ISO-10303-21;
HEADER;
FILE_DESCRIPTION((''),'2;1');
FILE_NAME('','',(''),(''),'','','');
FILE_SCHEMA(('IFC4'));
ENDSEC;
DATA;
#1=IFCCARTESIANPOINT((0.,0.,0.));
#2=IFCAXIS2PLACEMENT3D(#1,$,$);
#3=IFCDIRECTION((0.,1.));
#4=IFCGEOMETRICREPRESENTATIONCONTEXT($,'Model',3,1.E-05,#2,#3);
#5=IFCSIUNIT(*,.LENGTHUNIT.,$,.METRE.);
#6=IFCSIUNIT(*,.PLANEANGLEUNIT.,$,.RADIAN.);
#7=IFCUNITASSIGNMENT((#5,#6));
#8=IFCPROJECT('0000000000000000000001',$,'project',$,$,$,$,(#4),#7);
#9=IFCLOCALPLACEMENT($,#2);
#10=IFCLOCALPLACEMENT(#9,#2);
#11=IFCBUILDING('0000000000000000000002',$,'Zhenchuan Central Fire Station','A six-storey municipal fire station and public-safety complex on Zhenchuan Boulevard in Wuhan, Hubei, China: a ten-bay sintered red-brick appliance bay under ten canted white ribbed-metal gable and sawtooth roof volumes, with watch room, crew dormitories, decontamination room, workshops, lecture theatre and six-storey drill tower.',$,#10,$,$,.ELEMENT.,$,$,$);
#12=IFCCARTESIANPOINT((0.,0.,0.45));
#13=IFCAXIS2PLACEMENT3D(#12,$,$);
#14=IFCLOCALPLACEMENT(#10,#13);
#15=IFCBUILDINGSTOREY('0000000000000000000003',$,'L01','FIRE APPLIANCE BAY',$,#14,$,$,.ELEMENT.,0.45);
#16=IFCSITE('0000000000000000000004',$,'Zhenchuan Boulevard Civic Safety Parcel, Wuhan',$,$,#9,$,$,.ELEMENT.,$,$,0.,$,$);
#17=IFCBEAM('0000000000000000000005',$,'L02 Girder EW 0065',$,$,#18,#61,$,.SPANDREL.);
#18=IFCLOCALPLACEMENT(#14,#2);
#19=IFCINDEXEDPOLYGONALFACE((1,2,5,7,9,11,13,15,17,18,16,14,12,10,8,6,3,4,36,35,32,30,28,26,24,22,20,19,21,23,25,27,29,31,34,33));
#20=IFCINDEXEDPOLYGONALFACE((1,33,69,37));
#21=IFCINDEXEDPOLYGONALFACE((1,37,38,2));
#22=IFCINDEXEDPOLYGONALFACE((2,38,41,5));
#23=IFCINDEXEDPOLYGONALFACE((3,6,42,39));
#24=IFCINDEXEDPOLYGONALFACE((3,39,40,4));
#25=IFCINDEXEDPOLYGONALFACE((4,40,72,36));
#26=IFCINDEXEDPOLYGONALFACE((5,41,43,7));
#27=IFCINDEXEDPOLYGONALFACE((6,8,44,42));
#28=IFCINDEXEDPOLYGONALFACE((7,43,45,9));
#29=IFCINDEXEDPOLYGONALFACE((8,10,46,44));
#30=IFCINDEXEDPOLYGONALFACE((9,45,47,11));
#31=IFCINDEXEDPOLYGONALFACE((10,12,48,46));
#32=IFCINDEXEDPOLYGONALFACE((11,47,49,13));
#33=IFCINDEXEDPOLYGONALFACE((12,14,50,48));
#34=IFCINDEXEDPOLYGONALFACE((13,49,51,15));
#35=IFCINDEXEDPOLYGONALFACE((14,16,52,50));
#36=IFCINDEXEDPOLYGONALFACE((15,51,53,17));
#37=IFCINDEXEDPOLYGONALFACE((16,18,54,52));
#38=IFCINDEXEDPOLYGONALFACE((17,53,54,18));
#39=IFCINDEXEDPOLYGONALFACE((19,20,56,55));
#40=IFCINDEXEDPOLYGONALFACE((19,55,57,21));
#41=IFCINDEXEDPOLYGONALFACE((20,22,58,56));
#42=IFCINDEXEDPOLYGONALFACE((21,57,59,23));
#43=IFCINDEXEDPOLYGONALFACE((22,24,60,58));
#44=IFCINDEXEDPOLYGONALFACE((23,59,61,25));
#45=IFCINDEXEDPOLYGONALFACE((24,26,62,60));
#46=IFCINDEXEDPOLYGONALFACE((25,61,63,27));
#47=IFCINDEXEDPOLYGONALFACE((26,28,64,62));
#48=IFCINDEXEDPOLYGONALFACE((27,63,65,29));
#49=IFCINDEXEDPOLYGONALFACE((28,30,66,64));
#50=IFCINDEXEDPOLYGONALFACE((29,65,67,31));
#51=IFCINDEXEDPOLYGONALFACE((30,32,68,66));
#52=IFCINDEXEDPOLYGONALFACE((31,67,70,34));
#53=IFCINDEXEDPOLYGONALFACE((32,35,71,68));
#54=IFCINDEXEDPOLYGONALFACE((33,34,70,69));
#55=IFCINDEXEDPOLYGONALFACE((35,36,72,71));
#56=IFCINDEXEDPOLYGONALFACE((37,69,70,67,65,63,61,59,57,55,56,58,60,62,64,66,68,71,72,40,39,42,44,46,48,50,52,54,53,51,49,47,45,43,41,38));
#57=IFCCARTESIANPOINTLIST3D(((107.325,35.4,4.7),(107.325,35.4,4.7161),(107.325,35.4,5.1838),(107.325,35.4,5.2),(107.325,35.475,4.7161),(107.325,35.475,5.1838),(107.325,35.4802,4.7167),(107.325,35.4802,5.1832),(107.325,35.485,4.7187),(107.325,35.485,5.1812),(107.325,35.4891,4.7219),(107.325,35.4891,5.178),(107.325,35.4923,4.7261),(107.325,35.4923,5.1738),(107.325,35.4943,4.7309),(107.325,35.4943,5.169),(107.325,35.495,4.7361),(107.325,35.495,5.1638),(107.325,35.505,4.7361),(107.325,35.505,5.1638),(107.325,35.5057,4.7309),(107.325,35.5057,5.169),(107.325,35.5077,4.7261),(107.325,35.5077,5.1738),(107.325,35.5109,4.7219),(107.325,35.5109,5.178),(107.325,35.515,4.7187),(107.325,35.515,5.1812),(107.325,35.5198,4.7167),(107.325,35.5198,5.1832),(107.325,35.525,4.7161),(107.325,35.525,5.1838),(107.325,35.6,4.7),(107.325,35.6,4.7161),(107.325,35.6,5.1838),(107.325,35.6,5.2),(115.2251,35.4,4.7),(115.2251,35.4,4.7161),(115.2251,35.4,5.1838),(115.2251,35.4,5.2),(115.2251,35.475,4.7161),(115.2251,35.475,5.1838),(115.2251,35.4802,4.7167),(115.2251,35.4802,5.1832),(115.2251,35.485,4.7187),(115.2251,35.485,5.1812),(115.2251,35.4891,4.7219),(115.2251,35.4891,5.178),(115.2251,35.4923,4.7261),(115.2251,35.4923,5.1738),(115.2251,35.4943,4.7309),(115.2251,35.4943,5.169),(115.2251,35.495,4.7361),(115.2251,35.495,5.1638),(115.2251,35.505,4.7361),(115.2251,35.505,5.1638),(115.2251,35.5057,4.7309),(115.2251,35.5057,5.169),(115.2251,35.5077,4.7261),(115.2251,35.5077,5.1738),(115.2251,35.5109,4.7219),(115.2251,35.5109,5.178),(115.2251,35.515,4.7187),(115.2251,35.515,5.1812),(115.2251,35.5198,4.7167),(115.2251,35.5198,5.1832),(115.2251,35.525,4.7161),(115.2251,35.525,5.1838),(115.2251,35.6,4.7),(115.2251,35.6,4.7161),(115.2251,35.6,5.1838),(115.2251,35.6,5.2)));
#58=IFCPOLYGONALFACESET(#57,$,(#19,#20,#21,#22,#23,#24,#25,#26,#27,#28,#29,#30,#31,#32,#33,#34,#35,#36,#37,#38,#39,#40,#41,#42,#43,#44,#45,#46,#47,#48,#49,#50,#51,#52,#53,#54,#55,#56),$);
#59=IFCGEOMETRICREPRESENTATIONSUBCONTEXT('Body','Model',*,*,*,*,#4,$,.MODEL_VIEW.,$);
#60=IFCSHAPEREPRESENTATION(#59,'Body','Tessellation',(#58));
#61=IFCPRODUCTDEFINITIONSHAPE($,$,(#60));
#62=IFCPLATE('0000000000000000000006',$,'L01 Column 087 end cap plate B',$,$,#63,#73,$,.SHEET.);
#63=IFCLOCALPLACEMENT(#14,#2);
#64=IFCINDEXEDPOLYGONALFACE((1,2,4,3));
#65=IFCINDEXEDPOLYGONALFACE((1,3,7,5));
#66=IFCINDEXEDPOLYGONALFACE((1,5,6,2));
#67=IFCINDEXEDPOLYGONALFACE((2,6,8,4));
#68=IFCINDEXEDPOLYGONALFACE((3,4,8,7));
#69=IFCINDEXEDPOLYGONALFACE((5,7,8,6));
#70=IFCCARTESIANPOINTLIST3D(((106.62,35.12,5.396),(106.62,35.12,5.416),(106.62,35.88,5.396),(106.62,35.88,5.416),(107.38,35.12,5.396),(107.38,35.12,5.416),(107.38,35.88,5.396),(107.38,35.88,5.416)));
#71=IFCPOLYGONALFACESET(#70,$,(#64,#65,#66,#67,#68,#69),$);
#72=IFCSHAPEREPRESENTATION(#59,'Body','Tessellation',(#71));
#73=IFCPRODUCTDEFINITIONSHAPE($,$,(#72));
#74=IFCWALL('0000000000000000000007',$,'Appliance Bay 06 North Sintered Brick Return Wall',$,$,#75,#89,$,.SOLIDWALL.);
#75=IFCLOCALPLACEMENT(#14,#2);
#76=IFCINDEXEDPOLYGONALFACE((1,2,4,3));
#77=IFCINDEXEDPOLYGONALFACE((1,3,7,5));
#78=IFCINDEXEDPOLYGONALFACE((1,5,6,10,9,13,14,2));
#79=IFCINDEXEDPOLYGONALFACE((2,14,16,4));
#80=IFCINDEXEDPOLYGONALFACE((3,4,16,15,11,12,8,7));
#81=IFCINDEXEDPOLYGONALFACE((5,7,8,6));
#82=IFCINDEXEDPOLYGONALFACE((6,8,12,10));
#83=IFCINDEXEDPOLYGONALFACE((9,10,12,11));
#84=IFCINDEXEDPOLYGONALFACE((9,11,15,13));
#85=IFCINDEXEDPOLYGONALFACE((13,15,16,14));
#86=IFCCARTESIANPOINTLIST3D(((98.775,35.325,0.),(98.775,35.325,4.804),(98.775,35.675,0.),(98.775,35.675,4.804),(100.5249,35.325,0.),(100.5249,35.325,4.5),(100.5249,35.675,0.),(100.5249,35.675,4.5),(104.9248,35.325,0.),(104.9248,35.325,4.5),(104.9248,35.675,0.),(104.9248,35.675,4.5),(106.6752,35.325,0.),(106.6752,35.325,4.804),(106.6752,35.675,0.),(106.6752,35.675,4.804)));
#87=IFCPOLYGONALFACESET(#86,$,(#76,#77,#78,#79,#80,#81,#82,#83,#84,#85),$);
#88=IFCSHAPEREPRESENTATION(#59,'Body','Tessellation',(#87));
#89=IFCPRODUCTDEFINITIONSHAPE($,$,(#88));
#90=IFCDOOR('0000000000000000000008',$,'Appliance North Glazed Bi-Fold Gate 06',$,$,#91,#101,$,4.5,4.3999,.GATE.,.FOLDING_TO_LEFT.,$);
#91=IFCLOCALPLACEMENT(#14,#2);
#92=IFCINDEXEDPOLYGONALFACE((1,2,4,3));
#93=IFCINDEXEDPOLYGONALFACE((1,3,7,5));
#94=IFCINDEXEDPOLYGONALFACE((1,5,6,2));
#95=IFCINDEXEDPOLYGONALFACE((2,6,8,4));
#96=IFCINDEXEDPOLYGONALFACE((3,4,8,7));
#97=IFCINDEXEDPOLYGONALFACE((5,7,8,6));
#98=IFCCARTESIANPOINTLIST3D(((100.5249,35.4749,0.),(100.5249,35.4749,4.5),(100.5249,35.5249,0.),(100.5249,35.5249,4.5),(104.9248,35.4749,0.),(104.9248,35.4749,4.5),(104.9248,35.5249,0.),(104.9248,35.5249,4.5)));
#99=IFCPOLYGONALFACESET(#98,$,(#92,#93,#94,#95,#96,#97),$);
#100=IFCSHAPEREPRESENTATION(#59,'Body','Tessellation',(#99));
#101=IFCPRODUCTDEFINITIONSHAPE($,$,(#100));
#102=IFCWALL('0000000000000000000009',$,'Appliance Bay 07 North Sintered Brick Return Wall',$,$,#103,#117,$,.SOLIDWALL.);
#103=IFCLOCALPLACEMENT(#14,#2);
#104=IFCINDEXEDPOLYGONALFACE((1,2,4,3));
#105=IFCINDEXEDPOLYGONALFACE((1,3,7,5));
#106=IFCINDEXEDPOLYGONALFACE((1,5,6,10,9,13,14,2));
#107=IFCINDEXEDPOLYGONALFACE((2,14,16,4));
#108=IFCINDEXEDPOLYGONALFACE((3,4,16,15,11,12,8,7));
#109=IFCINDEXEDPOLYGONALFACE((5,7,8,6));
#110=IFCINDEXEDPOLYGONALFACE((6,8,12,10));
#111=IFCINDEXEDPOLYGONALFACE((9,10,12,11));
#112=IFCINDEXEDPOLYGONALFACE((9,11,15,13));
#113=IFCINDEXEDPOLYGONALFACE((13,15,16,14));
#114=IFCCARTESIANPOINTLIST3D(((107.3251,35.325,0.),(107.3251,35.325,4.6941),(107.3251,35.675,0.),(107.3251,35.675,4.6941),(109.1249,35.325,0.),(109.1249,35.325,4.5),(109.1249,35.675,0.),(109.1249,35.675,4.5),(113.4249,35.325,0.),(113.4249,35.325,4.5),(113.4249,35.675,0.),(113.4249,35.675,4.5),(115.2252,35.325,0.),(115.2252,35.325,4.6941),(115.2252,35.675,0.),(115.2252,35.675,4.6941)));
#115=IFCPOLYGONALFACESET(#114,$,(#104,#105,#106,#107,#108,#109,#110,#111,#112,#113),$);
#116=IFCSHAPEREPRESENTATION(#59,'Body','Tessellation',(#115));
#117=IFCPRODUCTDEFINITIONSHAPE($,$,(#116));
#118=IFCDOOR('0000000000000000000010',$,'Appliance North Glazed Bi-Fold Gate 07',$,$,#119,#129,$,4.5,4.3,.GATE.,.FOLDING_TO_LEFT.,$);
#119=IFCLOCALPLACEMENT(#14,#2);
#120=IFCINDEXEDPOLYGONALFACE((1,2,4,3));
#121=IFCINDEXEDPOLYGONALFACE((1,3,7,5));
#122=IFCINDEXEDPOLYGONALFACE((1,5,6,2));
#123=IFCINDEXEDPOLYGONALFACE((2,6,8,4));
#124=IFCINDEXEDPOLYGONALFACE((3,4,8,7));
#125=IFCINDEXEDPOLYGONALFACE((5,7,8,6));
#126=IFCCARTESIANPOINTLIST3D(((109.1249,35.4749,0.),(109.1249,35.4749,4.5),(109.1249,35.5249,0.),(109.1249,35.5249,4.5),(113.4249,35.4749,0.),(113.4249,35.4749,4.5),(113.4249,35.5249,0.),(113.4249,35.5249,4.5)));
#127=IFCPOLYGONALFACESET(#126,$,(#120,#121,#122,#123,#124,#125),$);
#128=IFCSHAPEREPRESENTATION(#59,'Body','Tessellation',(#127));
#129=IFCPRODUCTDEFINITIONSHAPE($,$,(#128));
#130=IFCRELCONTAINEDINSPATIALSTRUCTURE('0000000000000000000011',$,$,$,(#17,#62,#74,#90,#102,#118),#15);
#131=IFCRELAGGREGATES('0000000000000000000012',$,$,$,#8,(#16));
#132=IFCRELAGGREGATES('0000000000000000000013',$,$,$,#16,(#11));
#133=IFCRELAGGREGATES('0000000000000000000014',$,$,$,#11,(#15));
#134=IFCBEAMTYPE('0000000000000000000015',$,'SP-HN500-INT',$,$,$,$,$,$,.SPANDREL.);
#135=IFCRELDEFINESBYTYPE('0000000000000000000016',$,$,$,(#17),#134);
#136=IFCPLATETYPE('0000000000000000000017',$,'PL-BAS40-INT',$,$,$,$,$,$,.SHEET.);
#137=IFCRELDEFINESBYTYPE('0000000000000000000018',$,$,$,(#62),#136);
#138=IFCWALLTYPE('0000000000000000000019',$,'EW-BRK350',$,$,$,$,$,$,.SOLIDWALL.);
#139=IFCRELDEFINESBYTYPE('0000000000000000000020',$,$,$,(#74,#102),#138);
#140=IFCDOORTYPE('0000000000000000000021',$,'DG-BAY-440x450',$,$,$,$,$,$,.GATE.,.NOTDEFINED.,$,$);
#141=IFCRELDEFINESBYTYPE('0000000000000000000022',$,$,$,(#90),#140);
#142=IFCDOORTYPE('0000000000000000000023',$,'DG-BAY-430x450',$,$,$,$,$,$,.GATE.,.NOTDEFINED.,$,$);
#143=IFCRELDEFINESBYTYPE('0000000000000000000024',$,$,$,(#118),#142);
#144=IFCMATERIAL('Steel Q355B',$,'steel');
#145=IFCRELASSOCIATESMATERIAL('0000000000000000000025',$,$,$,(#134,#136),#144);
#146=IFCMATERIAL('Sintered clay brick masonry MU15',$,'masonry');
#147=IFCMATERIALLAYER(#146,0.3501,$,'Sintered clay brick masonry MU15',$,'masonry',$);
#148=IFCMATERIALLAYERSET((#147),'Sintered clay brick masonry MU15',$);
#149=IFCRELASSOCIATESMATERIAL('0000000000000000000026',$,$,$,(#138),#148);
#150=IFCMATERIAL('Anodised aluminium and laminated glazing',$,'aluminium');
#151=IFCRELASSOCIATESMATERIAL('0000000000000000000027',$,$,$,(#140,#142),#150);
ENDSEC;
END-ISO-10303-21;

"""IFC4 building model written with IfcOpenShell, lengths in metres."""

from ifc_helpers import new_model, si_unit, direction, frame, frame_2d, origin, origin_2d, place, context, subcontext, project, spatial, rectangle, i_section, extrude, material, layer, layer_set, material_profile, profile_set, type_object, element, fill, save


model = new_model("IFC4")

# Units and contexts
model_context = context("Model", 3, precision=1e-05, world=origin(), true_north=direction((0.0, 1.0)))
body_context = subcontext(model_context, "Body", "Model", "MODEL_VIEW")
ifc_project = project(units=[si_unit("LENGTHUNIT", "METRE"), si_unit("PLANEANGLEUNIT", "RADIAN")], contexts=[model_context])

# Site, building, storey
site_placement = place(None, origin())
site = spatial("IfcSite", under=ifc_project, at=site_placement, Name="Zhenchuan Boulevard Civic Safety Parcel, Wuhan", CompositionType="ELEMENT", RefElevation=0.0)
building_placement = place(site_placement, origin())
building = spatial("IfcBuilding", under=site, at=building_placement, Name="Zhenchuan Central Fire Station", Description="A six-storey municipal fire station and public-safety complex on Zhenchuan Boulevard in Wuhan, Hubei, China: a ten-bay sintered red-brick appliance bay under ten canted white ribbed-metal gable and sawtooth roof volumes, with watch room, crew dormitories, decontamination room, workshops, lecture theatre and six-storey drill tower.", CompositionType="ELEMENT")
storey_placement = place(building_placement, frame((0.0, 0.0, 0.45)))
storey = spatial("IfcBuildingStorey", under=building, at=storey_placement, Name="L01", Description="FIRE APPLIANCE BAY", CompositionType="ELEMENT", Elevation=0.45)

# Shared definitions
ifc_material_1 = material(Name="Steel Q355B", Category="steel")

# Beam
ifc_material_profile_1 = material_profile(ifc_material_1, i_section(OverallWidth=0.2, OverallDepth=0.5, WebThickness=0.01, FlangeThickness=0.0161, FilletRadius=0.02, at=origin_2d()), Name="HN 500x200")
ifc_profile_set_1 = profile_set([ifc_material_profile_1], Name="Steel Q355B")
beam_type_1 = type_object("IfcBeamType", Name="SP-HN500-INT", PredefinedType="SPANDREL", material=ifc_profile_set_1)
beam_placement = place(storey_placement, frame((107.325, 35.5, 4.95), z_axis=(1.0, 0.0, 0.0), x_axis=(0.0, 1.0, 0.0)))
element("IfcBeam", 1, at=beam_placement, inside=storey, type_object=beam_type_1, Name="L02 Girder EW 0065", PredefinedType="SPANDREL", context=body_context, shape_type="SweptSolid", body=[
    extrude(i_section(OverallWidth=0.2, OverallDepth=0.5, WebThickness=0.01, FlangeThickness=0.0161, FilletRadius=0.02, at=origin_2d()), origin(), (0.0, 0.0, 1.0), 7.9001),
])

# Plate
ifc_material_profile_2 = material_profile(ifc_material_1, rectangle(XDim=0.76, YDim=0.76, at=origin_2d()), Name="PL 760x760x40")
ifc_profile_set_2 = profile_set([ifc_material_profile_2], Name="Steel Q355B")
plate_type = type_object("IfcPlateType", Name="PL-BAS40-INT", PredefinedType="SHEET", material=ifc_profile_set_2)
plate_placement = place(storey_placement, frame((107.0, 35.5, 5.396), z_axis=(0.0, 0.0, 1.0), x_axis=(1.0, 0.0, 0.0)))
element("IfcPlate", 2, at=plate_placement, inside=storey, type_object=plate_type, Name="L01 Column 087 end cap plate B", PredefinedType="SHEET", context=body_context, shape_type="SweptSolid", body=[
    extrude(rectangle(XDim=0.76, YDim=0.76, at=origin_2d()), origin(), (0.0, 0.0, 1.0), 0.02),
])

# Walls, openings, doors
ifc_material_2 = material(Name="Sintered clay brick masonry MU15", Category="masonry")
ifc_layer = layer(ifc_material_2, 0.3501, Name="Sintered clay brick masonry MU15", Category="masonry")
ifc_layer_set = layer_set([ifc_layer], Name="Sintered clay brick masonry MU15")
wall_type = type_object("IfcWallType", Name="EW-BRK350", PredefinedType="SOLIDWALL", material=ifc_layer_set)
wall_1_placement = place(storey_placement, frame((98.7749, 35.5, 0.0), z_axis=(0.0, 0.0, 1.0), x_axis=(1.0, 0.0, 0.0)))
wall_1 = element("IfcWall", 3, at=wall_1_placement, inside=storey, type_object=wall_type, Name="Appliance Bay 06 North Sintered Brick Return Wall", PredefinedType="SOLIDWALL", context=body_context, shape_type="SweptSolid", body=[
    extrude(rectangle(XDim=7.9001, YDim=0.3501, at=frame_2d((3.9502, 0.0))), origin(), (0.0, 0.0, 1.0), 4.804),
])
opening_1_placement = place(wall_1_placement, frame((1.75, 0.0, 0.0)))
opening_1 = element("IfcOpeningElement", 4, at=opening_1_placement, cuts=wall_1, PredefinedType="OPENING", context=body_context, shape_type="SweptSolid", body=[
    extrude(rectangle(XDim=4.3999, YDim=4.5, at=frame_2d((2.2, 2.25))), frame((0.0, 0.1851, 0.0), z_axis=(0.0, -1.0, 0.0), x_axis=(1.0, 0.0, 0.0)), (0.0, 0.0, 1.0), 0.3701),
])
ifc_material_3 = material(Name="Anodised aluminium and laminated glazing", Category="aluminium")
door_type_1 = type_object("IfcDoorType", Name="DG-BAY-440x450", OperationType="NOTDEFINED", PredefinedType="GATE", material=ifc_material_3)
door_1_placement = place(opening_1_placement, origin())
door_1 = element("IfcDoor", 5, at=door_1_placement, inside=storey, type_object=door_type_1, Name="Appliance North Glazed Bi-Fold Gate 06", OperationType="FOLDING_TO_LEFT", OverallHeight=4.5, OverallWidth=4.3999, PredefinedType="GATE", context=body_context, shape_type="SweptSolid", body=[
    extrude(rectangle(XDim=4.3999, YDim=4.5, at=frame_2d((2.2, 2.25))), frame((0.0, 0.0249, 0.0), z_axis=(0.0, -1.0, 0.0), x_axis=(1.0, 0.0, 0.0)), (0.0, 0.0, 1.0), 0.05),
])
fill(opening_1, door_1)
wall_2_placement = place(storey_placement, frame((107.325, 35.5, 0.0), z_axis=(0.0, 0.0, 1.0), x_axis=(1.0, 0.0, 0.0)))
wall_2 = element("IfcWall", 6, at=wall_2_placement, inside=storey, type_object=wall_type, Name="Appliance Bay 07 North Sintered Brick Return Wall", PredefinedType="SOLIDWALL", context=body_context, shape_type="SweptSolid", body=[
    extrude(rectangle(XDim=7.9001, YDim=0.3501, at=frame_2d((3.9502, 0.0))), origin(), (0.0, 0.0, 1.0), 4.6941),
])
opening_2_placement = place(wall_2_placement, frame((1.8, 0.0, 0.0)))
opening_2 = element("IfcOpeningElement", 7, at=opening_2_placement, cuts=wall_2, PredefinedType="OPENING", context=body_context, shape_type="SweptSolid", body=[
    extrude(rectangle(XDim=4.3, YDim=4.5, at=frame_2d((2.1499, 2.25))), frame((0.0, 0.1851, 0.0), z_axis=(0.0, -1.0, 0.0), x_axis=(1.0, 0.0, 0.0)), (0.0, 0.0, 1.0), 0.3701),
])
door_type_2 = type_object("IfcDoorType", Name="DG-BAY-430x450", OperationType="NOTDEFINED", PredefinedType="GATE", material=ifc_material_3)
door_2_placement = place(opening_2_placement, origin())
door_2 = element("IfcDoor", 8, at=door_2_placement, inside=storey, type_object=door_type_2, Name="Appliance North Glazed Bi-Fold Gate 07", OperationType="FOLDING_TO_LEFT", OverallHeight=4.5, OverallWidth=4.3, PredefinedType="GATE", context=body_context, shape_type="SweptSolid", body=[
    extrude(rectangle(XDim=4.3, YDim=4.5, at=frame_2d((2.1499, 2.25))), frame((0.0, 0.0249, 0.0), z_axis=(0.0, -1.0, 0.0), x_axis=(1.0, 0.0, 0.0)), (0.0, 0.0, 1.0), 0.05),
])
fill(opening_2, door_2)

save(model, "model.ifc")
